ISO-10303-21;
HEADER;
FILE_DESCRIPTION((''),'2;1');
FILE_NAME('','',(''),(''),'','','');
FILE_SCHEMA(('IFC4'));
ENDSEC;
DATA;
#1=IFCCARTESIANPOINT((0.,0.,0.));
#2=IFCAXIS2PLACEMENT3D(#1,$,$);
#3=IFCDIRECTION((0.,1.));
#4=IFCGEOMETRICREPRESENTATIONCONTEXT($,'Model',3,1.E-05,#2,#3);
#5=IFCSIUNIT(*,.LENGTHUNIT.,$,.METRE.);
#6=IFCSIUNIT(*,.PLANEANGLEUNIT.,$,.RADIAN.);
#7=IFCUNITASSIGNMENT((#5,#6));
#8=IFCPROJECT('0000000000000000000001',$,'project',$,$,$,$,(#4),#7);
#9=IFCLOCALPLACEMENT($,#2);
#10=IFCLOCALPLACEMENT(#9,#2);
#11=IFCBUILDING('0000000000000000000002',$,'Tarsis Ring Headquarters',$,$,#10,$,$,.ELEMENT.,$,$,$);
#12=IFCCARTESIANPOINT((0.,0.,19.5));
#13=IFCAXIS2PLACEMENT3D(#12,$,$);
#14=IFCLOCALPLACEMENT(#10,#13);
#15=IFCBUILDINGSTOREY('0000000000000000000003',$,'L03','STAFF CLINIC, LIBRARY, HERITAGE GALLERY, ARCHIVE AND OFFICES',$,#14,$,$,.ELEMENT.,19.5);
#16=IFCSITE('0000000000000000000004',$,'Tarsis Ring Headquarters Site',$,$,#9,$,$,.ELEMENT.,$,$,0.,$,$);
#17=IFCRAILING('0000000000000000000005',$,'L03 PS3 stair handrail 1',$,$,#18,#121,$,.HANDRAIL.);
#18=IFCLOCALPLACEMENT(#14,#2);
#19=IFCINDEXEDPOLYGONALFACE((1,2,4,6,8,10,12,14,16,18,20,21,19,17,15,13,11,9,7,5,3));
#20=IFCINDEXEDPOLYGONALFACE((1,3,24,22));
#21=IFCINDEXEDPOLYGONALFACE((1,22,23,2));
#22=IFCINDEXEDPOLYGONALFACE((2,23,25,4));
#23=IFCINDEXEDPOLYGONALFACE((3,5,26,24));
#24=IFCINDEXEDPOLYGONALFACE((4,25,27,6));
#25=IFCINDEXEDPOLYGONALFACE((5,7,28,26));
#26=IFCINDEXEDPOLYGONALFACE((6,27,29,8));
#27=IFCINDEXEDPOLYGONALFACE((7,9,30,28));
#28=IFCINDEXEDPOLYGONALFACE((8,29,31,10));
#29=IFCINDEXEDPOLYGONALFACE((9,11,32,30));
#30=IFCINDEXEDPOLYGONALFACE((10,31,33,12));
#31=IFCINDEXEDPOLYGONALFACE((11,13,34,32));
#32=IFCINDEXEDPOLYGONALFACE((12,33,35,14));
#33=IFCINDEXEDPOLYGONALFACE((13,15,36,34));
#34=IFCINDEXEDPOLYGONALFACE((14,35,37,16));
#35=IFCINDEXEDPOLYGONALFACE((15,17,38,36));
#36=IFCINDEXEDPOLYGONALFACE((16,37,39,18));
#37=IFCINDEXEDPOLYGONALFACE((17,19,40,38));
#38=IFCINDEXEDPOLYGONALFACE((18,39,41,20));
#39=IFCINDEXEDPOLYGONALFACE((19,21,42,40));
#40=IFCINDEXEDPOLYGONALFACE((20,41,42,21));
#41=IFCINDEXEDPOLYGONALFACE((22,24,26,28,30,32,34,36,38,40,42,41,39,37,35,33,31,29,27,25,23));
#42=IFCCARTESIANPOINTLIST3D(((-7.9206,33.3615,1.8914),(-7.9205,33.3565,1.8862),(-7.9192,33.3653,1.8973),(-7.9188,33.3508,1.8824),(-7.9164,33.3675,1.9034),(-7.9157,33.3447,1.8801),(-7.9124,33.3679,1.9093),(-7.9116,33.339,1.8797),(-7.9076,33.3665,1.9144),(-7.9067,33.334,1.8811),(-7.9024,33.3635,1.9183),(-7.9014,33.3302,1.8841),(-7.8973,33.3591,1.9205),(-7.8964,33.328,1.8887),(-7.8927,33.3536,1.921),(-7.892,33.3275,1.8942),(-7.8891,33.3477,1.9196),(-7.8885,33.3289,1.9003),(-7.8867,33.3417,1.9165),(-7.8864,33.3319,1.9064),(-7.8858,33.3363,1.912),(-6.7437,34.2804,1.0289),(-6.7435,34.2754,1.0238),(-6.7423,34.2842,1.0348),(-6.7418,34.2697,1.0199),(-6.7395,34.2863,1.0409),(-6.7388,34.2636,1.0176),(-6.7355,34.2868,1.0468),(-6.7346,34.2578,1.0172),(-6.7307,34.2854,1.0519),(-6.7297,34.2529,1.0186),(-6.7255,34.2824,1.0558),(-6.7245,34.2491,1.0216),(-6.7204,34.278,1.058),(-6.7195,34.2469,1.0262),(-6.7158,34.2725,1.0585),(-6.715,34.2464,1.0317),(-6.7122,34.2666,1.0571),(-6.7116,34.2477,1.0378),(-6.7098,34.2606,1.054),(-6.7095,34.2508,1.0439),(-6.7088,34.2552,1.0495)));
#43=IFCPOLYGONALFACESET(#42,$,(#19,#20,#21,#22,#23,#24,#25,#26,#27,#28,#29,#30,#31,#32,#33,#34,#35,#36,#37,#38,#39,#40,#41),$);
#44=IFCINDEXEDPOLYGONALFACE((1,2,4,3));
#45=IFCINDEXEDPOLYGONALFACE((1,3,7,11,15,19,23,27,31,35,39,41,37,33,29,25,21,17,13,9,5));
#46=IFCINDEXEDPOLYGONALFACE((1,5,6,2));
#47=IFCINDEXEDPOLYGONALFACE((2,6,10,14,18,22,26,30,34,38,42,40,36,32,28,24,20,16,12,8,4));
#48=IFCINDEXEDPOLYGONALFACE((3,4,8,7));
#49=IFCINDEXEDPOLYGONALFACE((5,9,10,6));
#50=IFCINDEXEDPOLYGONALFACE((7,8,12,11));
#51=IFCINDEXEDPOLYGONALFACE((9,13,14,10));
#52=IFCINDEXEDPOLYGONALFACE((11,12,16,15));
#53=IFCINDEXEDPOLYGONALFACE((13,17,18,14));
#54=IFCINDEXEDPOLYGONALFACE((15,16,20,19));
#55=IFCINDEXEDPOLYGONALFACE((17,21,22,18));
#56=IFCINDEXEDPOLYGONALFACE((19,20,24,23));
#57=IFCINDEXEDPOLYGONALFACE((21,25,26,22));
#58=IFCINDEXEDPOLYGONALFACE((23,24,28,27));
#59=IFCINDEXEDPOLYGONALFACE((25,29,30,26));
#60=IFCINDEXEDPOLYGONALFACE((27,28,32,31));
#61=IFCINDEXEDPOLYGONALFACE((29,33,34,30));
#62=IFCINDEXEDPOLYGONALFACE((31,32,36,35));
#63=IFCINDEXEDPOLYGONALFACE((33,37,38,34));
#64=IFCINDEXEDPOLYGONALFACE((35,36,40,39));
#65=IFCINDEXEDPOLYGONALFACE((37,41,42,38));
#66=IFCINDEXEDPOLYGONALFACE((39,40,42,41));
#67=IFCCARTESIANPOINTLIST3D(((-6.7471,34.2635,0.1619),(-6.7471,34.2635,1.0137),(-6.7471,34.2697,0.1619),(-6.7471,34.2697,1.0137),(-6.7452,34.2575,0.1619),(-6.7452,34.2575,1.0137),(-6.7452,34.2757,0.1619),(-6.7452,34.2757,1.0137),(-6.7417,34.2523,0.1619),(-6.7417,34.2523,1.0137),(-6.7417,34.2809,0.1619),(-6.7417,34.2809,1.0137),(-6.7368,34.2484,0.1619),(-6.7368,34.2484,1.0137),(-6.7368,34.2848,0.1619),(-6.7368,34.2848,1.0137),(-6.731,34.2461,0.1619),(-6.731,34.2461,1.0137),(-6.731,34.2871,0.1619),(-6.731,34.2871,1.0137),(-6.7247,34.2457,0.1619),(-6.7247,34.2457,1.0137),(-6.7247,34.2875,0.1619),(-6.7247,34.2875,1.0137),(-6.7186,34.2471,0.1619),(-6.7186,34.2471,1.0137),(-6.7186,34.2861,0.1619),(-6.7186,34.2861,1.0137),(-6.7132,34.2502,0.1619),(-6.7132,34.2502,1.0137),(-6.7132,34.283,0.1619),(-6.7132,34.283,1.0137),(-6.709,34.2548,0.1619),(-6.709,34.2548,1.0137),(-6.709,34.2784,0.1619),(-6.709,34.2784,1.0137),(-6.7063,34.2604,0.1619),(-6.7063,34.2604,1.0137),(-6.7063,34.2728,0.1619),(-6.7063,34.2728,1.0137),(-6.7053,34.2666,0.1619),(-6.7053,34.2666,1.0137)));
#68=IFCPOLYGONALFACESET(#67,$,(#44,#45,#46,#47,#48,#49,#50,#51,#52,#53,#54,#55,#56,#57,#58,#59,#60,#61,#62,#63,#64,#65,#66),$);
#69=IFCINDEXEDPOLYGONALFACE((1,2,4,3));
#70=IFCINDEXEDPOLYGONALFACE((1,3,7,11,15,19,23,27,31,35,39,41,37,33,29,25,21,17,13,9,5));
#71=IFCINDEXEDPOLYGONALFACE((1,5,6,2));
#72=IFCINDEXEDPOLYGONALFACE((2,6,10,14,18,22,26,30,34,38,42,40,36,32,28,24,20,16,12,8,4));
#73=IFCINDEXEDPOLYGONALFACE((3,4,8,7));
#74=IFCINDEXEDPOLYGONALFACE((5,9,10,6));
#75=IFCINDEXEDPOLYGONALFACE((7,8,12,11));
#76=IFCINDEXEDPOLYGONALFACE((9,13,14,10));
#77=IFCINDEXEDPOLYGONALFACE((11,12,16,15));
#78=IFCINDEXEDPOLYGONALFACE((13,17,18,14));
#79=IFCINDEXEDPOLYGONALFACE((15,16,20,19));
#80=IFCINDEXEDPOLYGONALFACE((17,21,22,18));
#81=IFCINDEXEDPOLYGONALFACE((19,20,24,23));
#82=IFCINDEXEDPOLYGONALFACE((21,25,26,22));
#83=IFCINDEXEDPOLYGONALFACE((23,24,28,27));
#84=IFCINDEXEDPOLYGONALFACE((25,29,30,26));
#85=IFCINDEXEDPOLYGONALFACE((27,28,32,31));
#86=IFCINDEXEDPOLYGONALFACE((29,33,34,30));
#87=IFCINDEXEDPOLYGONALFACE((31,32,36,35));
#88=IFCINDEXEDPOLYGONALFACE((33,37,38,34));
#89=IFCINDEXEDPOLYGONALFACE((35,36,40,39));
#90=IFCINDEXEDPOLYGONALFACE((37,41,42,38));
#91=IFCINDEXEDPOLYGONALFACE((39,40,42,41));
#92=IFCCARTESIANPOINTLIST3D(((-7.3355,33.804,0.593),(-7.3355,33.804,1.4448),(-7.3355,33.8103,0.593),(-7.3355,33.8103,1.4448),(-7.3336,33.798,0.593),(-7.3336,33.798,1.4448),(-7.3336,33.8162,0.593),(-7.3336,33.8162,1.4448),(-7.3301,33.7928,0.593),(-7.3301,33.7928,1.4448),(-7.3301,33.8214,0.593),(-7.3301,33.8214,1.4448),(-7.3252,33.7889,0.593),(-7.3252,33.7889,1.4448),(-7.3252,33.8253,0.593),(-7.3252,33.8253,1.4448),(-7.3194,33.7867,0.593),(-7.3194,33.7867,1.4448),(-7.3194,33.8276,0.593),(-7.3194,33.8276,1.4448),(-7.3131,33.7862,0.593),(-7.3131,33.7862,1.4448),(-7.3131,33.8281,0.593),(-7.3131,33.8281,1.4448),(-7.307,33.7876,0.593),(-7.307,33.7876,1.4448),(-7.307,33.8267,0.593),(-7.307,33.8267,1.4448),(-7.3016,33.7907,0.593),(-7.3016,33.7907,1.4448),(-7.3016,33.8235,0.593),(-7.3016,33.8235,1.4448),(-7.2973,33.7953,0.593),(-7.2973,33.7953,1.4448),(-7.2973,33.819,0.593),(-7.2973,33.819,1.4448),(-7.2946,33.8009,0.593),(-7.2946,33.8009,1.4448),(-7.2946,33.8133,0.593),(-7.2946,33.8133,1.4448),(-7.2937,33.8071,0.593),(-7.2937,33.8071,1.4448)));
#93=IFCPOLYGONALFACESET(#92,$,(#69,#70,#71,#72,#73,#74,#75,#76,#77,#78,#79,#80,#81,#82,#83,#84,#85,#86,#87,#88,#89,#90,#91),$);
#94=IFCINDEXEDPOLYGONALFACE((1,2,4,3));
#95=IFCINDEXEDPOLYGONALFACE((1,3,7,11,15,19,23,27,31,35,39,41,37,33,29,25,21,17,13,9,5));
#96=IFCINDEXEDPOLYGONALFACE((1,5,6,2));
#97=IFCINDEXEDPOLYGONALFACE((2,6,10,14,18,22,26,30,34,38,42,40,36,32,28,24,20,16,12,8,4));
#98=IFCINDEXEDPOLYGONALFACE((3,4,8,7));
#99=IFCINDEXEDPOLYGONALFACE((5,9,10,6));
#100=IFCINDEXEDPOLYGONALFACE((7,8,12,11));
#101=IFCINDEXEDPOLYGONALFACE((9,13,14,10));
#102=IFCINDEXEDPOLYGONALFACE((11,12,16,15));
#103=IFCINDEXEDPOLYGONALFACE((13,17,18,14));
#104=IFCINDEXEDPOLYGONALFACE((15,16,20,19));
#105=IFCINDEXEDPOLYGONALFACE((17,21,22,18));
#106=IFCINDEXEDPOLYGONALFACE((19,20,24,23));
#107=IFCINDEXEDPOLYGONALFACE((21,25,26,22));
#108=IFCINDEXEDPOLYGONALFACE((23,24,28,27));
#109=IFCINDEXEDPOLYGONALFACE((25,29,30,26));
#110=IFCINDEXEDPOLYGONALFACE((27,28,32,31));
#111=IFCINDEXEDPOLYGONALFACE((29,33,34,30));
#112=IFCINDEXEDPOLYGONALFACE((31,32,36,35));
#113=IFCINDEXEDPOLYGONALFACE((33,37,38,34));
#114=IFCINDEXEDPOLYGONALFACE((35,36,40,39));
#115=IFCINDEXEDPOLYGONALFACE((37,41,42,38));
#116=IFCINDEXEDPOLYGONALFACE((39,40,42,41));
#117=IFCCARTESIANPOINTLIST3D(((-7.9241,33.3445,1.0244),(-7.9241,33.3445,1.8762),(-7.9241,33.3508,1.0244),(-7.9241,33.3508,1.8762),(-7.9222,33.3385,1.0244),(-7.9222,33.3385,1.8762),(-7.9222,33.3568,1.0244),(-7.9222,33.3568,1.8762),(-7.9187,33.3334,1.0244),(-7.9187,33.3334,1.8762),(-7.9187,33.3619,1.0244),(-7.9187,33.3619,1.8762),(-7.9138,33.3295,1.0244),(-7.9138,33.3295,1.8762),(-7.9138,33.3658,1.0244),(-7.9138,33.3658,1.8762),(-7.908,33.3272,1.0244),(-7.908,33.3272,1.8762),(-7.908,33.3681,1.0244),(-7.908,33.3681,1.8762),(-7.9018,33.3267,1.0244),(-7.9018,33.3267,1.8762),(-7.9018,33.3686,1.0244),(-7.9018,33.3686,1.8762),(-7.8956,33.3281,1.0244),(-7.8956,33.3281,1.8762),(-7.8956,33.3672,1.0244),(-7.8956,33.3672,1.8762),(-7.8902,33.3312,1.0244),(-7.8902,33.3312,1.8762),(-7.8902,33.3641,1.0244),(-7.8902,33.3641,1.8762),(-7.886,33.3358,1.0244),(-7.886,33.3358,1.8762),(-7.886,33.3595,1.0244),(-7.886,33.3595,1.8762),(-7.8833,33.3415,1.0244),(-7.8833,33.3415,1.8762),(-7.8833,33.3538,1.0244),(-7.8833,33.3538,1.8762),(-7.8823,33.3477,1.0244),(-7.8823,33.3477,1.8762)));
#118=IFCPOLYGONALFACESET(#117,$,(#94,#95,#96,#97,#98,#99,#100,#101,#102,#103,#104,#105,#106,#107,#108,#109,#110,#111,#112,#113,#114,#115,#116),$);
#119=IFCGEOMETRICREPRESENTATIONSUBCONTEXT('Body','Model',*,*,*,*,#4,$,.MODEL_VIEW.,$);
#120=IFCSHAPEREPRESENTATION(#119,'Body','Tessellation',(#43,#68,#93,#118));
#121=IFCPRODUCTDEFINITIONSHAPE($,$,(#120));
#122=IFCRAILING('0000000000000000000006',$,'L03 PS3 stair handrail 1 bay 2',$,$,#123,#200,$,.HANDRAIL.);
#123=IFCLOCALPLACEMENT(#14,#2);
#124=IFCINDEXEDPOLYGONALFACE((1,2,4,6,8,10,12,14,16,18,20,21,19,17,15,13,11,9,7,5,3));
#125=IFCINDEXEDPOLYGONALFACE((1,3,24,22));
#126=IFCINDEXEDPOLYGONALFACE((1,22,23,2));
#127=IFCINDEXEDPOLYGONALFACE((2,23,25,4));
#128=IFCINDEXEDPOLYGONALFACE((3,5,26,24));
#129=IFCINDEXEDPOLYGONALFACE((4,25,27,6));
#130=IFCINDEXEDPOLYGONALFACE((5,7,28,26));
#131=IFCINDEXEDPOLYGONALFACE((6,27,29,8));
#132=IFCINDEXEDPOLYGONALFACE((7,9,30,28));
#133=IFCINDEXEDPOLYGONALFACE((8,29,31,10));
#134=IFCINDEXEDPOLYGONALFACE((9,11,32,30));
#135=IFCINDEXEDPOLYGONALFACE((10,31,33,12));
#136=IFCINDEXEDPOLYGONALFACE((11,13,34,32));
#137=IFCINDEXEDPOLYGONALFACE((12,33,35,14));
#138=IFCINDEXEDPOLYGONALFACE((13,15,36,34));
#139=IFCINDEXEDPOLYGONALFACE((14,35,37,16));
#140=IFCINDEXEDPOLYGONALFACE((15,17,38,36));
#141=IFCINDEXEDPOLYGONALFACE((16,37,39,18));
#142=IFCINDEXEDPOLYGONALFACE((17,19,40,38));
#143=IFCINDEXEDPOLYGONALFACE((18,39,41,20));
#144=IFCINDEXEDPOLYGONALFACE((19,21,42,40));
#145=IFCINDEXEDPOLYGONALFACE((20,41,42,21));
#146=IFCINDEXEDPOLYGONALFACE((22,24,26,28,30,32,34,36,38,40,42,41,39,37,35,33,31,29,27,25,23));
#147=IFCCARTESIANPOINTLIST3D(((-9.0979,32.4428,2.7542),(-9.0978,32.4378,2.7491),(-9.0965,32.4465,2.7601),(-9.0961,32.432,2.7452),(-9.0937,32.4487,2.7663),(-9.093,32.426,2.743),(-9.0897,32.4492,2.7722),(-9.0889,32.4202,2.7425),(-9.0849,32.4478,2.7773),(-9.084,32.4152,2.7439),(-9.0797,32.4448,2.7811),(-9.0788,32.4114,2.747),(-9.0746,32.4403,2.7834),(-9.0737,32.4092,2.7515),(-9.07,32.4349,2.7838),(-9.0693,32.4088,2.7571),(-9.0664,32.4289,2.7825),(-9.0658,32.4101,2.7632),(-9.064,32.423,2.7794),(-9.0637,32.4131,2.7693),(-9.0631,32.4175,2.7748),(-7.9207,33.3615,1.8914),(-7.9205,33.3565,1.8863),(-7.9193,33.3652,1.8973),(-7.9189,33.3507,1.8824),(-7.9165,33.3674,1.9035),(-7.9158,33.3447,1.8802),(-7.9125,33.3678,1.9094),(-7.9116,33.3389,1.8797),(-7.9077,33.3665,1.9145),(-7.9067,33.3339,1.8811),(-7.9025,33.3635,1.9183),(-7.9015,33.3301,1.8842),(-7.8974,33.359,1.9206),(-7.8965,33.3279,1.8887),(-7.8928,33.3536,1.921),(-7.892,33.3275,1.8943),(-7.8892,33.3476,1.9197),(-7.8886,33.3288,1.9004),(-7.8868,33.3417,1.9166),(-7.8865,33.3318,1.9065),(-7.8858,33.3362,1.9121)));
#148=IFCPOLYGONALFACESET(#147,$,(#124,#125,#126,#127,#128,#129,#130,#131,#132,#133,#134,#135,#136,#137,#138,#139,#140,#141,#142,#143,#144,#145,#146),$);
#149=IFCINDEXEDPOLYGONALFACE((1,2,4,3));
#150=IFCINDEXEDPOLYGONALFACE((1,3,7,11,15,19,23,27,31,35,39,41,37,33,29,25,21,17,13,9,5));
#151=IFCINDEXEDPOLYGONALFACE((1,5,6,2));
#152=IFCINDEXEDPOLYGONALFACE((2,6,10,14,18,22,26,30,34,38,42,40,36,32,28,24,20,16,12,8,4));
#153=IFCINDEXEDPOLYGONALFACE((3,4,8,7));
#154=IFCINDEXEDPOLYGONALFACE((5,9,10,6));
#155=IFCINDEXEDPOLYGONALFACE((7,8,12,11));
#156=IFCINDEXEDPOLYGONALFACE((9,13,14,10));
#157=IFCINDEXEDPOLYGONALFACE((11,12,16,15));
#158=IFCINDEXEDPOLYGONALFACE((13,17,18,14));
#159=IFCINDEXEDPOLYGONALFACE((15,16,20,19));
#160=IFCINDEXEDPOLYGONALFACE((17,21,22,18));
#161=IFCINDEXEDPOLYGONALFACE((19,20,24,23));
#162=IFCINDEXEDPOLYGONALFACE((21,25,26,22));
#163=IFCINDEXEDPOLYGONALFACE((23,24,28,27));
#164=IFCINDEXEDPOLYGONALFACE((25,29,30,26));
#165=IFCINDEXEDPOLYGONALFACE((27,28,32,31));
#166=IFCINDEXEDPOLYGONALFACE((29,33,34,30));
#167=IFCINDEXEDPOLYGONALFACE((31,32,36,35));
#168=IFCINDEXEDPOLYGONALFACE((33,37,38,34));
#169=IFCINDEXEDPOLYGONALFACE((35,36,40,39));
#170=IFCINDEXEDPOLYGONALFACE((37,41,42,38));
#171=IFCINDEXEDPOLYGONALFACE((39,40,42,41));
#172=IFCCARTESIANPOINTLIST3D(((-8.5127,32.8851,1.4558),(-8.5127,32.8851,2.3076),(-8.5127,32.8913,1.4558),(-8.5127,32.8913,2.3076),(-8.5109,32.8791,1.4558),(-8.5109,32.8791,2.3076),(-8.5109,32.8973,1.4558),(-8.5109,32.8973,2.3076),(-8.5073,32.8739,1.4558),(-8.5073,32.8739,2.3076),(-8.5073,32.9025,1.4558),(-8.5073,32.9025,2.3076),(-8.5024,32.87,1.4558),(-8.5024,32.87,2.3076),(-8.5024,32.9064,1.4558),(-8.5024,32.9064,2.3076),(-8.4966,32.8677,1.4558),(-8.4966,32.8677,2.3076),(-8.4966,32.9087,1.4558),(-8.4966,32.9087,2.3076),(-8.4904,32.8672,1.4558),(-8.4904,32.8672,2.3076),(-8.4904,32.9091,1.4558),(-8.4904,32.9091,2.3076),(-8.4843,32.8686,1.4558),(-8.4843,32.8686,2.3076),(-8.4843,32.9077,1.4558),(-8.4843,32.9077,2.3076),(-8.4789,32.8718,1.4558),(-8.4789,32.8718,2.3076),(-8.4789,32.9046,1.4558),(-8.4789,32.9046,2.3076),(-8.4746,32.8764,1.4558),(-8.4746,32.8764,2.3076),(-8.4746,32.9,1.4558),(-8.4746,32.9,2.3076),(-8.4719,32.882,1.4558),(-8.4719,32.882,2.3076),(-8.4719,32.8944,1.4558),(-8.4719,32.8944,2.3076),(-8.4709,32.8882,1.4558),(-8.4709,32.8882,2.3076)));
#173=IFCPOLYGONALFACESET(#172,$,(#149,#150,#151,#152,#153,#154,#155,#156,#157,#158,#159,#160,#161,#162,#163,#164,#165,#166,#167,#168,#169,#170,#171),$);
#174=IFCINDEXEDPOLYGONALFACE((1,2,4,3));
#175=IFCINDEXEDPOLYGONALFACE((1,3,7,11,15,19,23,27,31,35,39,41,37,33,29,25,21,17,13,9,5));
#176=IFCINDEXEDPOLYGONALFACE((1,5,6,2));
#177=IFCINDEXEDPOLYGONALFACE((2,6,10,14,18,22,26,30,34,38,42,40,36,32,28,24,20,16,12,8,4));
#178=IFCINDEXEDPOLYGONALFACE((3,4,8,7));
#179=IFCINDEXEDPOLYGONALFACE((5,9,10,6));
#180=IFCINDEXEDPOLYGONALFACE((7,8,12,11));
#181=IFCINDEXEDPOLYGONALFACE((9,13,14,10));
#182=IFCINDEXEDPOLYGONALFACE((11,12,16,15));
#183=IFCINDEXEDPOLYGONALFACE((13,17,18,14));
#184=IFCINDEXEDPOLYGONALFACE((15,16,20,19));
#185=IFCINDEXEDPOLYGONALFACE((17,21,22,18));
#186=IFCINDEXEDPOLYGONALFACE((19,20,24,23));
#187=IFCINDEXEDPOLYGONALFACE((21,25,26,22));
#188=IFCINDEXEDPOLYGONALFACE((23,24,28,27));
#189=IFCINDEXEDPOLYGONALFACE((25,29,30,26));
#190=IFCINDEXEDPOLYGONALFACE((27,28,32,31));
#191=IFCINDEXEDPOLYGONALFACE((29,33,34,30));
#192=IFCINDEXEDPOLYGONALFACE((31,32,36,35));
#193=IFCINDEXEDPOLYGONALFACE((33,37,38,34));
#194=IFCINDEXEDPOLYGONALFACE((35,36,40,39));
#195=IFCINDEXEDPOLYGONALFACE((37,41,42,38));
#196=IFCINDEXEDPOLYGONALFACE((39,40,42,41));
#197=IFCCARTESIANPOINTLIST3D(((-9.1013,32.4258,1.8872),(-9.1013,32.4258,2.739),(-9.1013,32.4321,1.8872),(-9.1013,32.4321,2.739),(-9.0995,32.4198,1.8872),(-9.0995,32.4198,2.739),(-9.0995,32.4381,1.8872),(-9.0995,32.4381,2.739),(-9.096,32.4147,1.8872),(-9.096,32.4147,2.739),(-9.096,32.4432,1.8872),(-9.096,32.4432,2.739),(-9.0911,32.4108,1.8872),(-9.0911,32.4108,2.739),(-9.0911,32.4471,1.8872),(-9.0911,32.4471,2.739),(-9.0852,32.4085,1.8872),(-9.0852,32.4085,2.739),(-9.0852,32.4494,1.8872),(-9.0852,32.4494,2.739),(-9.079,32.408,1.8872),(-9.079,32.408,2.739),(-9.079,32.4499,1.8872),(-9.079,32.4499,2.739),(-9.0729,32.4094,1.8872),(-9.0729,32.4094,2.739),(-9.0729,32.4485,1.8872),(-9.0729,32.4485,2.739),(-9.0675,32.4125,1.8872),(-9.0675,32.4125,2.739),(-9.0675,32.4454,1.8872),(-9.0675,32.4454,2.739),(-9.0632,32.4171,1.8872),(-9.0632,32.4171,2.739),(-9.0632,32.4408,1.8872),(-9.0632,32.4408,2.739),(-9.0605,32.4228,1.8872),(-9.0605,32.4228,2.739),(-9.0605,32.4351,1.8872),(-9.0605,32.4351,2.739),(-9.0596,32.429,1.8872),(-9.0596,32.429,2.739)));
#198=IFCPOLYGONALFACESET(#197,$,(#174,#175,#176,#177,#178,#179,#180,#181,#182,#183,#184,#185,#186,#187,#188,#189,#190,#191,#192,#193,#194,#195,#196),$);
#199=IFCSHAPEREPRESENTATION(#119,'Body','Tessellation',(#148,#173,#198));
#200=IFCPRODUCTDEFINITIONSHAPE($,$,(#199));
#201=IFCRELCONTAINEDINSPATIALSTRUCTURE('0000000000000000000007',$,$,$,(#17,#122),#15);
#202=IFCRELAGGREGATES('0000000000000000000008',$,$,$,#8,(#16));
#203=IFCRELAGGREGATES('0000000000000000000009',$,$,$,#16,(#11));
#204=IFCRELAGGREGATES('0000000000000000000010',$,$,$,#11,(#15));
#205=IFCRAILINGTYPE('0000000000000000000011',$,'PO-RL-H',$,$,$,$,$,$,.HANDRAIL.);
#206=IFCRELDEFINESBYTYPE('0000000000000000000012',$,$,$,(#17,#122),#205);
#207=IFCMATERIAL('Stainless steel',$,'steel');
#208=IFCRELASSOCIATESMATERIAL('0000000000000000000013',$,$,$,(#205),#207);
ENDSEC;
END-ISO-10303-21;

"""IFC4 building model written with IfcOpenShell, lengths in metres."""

from ifc_helpers import new_model, si_unit, direction, frame, origin, origin_2d, place, context, subcontext, project, spatial, circle, extrude, material, type_object, element, save


model = new_model("IFC4")

# Units and contexts
model_context = context("Model", 3, precision=1e-05, world=origin(), true_north=direction((0.0, 1.0)))
body_context = subcontext(model_context, "Body", "Model", "MODEL_VIEW")
ifc_project = project(units=[si_unit("LENGTHUNIT", "METRE"), si_unit("PLANEANGLEUNIT", "RADIAN")], contexts=[model_context])

# Site, building, storey
site_placement = place(None, origin())
site = spatial("IfcSite", under=ifc_project, at=site_placement, Name="Tarsis Ring Headquarters Site", CompositionType="ELEMENT", RefElevation=0.0)
building_placement = place(site_placement, origin())
building = spatial("IfcBuilding", under=site, at=building_placement, Name="Tarsis Ring Headquarters", CompositionType="ELEMENT")
storey_placement = place(building_placement, frame((0.0, 0.0, 19.5)))
storey = spatial("IfcBuildingStorey", under=building, at=storey_placement, Name="L03", Description="STAFF CLINIC, LIBRARY, HERITAGE GALLERY, ARCHIVE AND OFFICES", CompositionType="ELEMENT", Elevation=19.5)

# Railings
ifc_material_1 = material(Name="Stainless steel", Category="steel")
railing_type_1 = type_object("IfcRailingType", Name="PO-RL-H", PredefinedType="HANDRAIL", material=ifc_material_1)
railing_1_placement = place(storey_placement, frame((-6.7263, 34.2666, 0.1619)))
element("IfcRailing", 1, at=railing_1_placement, inside=storey, type_object=railing_type_1, Name="L03 PS3 stair handrail 1", PredefinedType="HANDRAIL", context=body_context, shape_type="SweptSolid", body=[
    extrude(circle(Radius=0.0239, at=origin_2d()), frame((0.0, 0.0, 0.876), z_axis=(-0.682531, -0.532887, 0.500183), x_axis=(0.6154, -0.788215, 0.0)), (0.0, 0.0, 1.0), 1.7244),
    extrude(circle(Radius=0.021, at=origin_2d()), origin(), (0.0, 0.0, 1.0), 0.8518),
    extrude(circle(Radius=0.021, at=origin_2d()), frame((-0.5884, -0.4595, 0.4312)), (0.0, 0.0, 1.0), 0.8518),
    extrude(circle(Radius=0.021, at=origin_2d()), frame((-1.177, -0.9189, 0.8625)), (0.0, 0.0, 1.0), 0.8518),
])
railing_2_placement = place(storey_placement, frame((-7.9033, 33.3477, 1.0244)))
element("IfcRailing", 2, at=railing_2_placement, inside=storey, type_object=railing_type_1, Name="L03 PS3 stair handrail 1 bay 2", PredefinedType="HANDRAIL", context=body_context, shape_type="SweptSolid", body=[
    extrude(circle(Radius=0.0239, at=origin_2d()), frame((0.0, 0.0, 0.876), z_axis=(-0.68261, -0.532696, 0.500279), x_axis=(0.615219, -0.788356, 0.0)), (0.0, 0.0, 1.0), 1.7246),
    extrude(circle(Radius=0.021, at=origin_2d()), frame((-0.5886, -0.4595, 0.4314)), (0.0, 0.0, 1.0), 0.8518),
    extrude(circle(Radius=0.021, at=origin_2d()), frame((-1.1772, -0.9187, 0.8628)), (0.0, 0.0, 1.0), 0.8518),
])

save(model, "model.ifc")
